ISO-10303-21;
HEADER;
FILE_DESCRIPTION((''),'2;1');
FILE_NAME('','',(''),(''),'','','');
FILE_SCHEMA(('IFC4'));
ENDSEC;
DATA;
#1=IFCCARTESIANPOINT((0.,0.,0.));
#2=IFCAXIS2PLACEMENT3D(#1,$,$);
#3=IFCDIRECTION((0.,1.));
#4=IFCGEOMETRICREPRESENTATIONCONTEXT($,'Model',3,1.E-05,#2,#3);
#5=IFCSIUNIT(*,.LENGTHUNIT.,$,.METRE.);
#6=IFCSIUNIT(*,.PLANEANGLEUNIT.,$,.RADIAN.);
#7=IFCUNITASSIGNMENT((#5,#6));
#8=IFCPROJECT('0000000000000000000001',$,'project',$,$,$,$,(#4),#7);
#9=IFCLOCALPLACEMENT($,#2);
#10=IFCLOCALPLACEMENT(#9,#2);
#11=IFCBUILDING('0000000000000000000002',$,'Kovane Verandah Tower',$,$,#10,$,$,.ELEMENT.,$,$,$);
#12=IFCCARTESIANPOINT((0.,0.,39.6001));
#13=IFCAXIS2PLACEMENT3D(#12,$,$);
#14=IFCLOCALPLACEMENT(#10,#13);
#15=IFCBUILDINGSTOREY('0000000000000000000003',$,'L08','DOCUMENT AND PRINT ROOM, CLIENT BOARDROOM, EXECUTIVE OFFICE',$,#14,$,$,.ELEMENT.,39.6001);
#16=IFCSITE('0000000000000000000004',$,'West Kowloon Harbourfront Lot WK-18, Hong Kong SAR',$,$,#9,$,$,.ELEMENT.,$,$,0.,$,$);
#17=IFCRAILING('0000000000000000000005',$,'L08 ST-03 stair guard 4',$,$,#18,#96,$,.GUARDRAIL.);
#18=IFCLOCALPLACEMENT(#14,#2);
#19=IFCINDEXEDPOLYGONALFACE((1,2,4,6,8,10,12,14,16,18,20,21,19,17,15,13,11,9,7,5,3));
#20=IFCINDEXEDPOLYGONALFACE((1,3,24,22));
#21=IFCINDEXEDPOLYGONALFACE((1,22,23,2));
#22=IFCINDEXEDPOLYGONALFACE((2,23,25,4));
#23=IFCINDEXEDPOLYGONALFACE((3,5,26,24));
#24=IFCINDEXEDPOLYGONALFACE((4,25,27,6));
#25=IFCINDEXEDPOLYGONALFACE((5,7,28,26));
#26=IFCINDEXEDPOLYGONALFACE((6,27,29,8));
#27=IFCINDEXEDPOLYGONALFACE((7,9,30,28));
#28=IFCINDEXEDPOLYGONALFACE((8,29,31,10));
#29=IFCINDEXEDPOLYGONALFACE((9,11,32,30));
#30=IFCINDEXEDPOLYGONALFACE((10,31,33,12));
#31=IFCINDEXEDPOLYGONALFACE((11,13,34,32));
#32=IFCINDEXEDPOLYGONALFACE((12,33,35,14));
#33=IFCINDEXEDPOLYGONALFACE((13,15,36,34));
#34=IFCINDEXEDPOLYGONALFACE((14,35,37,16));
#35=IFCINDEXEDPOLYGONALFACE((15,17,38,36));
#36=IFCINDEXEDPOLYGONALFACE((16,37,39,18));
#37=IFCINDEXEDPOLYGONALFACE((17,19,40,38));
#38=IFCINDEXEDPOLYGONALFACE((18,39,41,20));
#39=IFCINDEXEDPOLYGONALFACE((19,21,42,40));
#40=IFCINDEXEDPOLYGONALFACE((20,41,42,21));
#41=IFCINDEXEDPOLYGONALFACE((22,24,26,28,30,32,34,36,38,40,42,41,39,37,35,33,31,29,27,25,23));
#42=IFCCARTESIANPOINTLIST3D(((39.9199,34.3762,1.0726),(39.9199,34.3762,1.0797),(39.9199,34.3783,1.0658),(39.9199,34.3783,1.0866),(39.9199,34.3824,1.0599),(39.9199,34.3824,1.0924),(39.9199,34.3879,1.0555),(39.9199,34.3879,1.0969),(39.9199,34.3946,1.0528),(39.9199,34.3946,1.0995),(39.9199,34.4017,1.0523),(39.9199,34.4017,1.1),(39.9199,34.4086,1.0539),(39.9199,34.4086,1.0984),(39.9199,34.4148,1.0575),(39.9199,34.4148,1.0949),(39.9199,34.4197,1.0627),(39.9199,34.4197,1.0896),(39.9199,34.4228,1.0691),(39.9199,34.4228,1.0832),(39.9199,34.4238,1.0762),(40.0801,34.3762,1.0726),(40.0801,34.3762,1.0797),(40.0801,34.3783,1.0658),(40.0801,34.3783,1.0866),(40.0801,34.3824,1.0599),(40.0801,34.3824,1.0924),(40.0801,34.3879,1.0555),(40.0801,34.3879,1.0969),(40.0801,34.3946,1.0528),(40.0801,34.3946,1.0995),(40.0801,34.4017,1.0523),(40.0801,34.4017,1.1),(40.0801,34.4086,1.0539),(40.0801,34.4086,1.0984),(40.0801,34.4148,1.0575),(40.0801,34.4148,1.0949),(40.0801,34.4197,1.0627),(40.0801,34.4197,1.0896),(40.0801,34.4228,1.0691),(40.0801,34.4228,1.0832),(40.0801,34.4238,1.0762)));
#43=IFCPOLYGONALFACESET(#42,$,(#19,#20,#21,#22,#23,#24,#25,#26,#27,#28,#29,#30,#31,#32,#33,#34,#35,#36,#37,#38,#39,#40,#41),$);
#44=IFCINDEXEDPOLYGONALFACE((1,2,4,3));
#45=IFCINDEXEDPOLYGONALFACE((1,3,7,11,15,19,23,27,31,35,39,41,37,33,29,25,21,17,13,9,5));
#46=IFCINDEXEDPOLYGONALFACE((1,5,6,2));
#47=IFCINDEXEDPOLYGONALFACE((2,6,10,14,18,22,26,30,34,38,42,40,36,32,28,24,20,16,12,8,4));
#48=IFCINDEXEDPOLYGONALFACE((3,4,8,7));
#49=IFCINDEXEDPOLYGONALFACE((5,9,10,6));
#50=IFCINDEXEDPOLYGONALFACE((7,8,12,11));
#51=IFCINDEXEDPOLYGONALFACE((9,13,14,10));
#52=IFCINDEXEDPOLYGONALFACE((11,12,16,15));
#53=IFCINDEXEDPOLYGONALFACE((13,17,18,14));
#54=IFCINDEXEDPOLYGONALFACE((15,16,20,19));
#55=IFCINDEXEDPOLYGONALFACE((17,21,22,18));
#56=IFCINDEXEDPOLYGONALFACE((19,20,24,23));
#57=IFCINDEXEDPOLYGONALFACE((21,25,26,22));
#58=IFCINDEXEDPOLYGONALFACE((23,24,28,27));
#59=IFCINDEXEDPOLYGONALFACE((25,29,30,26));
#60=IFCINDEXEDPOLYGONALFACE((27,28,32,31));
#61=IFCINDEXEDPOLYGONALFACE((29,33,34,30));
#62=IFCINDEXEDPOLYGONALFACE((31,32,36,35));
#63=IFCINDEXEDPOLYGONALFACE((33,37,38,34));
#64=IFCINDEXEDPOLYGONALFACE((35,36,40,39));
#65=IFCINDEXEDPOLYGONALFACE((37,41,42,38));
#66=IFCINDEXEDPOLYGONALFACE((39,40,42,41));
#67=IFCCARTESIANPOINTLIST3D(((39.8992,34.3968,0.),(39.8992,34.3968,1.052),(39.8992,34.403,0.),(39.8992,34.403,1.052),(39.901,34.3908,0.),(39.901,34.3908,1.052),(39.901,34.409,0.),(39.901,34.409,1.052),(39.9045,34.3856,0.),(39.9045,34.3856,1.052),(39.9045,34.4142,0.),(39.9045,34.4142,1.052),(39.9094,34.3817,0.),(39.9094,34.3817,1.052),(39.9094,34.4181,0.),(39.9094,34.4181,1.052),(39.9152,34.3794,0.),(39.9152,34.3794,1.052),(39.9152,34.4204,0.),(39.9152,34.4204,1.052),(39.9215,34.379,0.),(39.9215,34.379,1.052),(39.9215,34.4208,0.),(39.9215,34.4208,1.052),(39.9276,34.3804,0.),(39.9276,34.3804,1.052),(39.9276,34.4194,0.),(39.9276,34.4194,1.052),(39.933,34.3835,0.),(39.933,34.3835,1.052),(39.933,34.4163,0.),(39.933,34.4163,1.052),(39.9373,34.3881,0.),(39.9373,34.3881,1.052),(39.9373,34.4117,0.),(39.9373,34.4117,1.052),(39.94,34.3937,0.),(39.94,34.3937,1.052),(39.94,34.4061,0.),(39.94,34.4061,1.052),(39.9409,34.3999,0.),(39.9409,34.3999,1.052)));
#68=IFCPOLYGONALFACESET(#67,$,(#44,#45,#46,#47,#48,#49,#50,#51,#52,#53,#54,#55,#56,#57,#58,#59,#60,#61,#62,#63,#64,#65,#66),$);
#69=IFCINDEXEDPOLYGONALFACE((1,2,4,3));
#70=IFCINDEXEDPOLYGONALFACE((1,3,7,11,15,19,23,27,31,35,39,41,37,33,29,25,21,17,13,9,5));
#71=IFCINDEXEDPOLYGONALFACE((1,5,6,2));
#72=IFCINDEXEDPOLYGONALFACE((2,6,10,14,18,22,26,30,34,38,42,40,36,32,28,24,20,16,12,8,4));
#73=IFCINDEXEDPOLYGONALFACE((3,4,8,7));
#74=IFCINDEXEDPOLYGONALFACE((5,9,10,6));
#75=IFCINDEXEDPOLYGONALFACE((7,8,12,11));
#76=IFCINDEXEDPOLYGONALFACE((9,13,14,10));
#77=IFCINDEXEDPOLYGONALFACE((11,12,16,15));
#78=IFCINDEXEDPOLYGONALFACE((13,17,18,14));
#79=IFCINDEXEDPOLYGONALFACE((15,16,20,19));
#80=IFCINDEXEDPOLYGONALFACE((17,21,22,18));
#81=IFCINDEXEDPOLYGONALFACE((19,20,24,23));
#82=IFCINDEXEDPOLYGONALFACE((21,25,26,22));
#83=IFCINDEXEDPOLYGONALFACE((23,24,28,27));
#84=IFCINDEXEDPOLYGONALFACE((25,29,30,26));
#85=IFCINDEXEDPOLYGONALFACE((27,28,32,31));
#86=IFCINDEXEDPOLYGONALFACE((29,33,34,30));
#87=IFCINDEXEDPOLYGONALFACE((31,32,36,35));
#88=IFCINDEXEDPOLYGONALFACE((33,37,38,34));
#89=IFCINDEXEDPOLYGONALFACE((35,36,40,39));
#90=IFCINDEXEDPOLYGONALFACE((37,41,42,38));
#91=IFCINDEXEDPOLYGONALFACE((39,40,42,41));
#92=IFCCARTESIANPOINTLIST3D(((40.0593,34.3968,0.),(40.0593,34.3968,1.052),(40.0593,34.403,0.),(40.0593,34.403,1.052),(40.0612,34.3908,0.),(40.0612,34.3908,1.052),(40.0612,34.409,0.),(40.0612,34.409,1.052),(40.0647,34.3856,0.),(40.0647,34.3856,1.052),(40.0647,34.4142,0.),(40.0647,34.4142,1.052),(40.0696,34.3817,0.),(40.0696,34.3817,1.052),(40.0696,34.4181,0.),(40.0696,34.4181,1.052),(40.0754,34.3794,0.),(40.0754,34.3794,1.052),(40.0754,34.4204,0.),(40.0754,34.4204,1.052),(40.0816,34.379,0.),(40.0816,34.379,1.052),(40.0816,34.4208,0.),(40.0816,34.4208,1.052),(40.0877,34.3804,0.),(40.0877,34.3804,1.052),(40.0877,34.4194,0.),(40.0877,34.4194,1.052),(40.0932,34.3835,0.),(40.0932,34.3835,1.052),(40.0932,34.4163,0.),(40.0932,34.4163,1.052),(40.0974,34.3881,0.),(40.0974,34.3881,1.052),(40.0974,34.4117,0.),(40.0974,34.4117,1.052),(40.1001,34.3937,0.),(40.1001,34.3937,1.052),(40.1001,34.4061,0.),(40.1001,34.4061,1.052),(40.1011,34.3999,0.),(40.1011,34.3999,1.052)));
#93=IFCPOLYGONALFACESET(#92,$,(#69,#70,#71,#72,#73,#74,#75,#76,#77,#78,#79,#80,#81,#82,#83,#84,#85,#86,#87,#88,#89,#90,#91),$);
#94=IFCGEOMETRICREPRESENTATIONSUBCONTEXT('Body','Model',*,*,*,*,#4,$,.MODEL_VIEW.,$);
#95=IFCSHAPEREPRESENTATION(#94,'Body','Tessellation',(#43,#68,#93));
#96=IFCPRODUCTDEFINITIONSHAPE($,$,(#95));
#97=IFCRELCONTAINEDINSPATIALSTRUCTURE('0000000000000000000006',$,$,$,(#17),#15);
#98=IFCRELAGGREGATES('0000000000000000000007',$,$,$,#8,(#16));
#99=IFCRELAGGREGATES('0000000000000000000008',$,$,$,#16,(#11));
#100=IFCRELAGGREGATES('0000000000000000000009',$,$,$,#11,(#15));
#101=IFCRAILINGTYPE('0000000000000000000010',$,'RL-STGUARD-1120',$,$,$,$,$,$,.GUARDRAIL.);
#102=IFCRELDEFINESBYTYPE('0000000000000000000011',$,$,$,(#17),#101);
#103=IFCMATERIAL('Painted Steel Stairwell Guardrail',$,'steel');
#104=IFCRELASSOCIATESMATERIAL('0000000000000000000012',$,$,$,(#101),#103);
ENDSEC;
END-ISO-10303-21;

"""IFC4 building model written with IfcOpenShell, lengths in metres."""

from ifc_helpers import new_model, si_unit, direction, frame, origin, origin_2d, place, context, subcontext, project, spatial, circle, extrude, material, type_object, element, save


model = new_model("IFC4")

# Units and contexts
model_context = context("Model", 3, precision=1e-05, world=origin(), true_north=direction((0.0, 1.0)))
body_context = subcontext(model_context, "Body", "Model", "MODEL_VIEW")
ifc_project = project(units=[si_unit("LENGTHUNIT", "METRE"), si_unit("PLANEANGLEUNIT", "RADIAN")], contexts=[model_context])

# Site, building, storey
site_placement = place(None, origin())
site = spatial("IfcSite", under=ifc_project, at=site_placement, Name="West Kowloon Harbourfront Lot WK-18, Hong Kong SAR", CompositionType="ELEMENT", RefElevation=0.0)
building_placement = place(site_placement, origin())
building = spatial("IfcBuilding", under=site, at=building_placement, Name="Kovane Verandah Tower", CompositionType="ELEMENT")
storey_placement = place(building_placement, frame((0.0, 0.0, 39.6001)))
storey = spatial("IfcBuildingStorey", under=building, at=storey_placement, Name="L08", Description="DOCUMENT AND PRINT ROOM, CLIENT BOARDROOM, EXECUTIVE OFFICE", CompositionType="ELEMENT", Elevation=39.6001)

# Railing
ifc_material_1 = material(Name="Painted Steel Stairwell Guardrail", Category="steel")
railing_type_1 = type_object("IfcRailingType", Name="RL-STGUARD-1120", PredefinedType="GUARDRAIL", material=ifc_material_1)
railing_1_placement = place(storey_placement, frame((39.9199, 34.3999, 0.0)))
element("IfcRailing", 1, at=railing_1_placement, inside=storey, type_object=railing_type_1, Name="L08 ST-03 stair guard 4", PredefinedType="GUARDRAIL", context=body_context, shape_type="SweptSolid", body=[
    extrude(circle(Radius=0.0239, at=origin_2d()), frame((0.0, 0.0, 1.0762), z_axis=(1.0, 0.0, 0.0), x_axis=(0.0, 1.0, 0.0)), (0.0, 0.0, 1.0), 0.1602),
    extrude(circle(Radius=0.021, at=origin_2d()), origin(), (0.0, 0.0, 1.0), 1.052),
    extrude(circle(Radius=0.021, at=origin_2d()), frame((0.1602, 0.0, 0.0)), (0.0, 0.0, 1.0), 1.052),
])

save(model, "model.ifc")
